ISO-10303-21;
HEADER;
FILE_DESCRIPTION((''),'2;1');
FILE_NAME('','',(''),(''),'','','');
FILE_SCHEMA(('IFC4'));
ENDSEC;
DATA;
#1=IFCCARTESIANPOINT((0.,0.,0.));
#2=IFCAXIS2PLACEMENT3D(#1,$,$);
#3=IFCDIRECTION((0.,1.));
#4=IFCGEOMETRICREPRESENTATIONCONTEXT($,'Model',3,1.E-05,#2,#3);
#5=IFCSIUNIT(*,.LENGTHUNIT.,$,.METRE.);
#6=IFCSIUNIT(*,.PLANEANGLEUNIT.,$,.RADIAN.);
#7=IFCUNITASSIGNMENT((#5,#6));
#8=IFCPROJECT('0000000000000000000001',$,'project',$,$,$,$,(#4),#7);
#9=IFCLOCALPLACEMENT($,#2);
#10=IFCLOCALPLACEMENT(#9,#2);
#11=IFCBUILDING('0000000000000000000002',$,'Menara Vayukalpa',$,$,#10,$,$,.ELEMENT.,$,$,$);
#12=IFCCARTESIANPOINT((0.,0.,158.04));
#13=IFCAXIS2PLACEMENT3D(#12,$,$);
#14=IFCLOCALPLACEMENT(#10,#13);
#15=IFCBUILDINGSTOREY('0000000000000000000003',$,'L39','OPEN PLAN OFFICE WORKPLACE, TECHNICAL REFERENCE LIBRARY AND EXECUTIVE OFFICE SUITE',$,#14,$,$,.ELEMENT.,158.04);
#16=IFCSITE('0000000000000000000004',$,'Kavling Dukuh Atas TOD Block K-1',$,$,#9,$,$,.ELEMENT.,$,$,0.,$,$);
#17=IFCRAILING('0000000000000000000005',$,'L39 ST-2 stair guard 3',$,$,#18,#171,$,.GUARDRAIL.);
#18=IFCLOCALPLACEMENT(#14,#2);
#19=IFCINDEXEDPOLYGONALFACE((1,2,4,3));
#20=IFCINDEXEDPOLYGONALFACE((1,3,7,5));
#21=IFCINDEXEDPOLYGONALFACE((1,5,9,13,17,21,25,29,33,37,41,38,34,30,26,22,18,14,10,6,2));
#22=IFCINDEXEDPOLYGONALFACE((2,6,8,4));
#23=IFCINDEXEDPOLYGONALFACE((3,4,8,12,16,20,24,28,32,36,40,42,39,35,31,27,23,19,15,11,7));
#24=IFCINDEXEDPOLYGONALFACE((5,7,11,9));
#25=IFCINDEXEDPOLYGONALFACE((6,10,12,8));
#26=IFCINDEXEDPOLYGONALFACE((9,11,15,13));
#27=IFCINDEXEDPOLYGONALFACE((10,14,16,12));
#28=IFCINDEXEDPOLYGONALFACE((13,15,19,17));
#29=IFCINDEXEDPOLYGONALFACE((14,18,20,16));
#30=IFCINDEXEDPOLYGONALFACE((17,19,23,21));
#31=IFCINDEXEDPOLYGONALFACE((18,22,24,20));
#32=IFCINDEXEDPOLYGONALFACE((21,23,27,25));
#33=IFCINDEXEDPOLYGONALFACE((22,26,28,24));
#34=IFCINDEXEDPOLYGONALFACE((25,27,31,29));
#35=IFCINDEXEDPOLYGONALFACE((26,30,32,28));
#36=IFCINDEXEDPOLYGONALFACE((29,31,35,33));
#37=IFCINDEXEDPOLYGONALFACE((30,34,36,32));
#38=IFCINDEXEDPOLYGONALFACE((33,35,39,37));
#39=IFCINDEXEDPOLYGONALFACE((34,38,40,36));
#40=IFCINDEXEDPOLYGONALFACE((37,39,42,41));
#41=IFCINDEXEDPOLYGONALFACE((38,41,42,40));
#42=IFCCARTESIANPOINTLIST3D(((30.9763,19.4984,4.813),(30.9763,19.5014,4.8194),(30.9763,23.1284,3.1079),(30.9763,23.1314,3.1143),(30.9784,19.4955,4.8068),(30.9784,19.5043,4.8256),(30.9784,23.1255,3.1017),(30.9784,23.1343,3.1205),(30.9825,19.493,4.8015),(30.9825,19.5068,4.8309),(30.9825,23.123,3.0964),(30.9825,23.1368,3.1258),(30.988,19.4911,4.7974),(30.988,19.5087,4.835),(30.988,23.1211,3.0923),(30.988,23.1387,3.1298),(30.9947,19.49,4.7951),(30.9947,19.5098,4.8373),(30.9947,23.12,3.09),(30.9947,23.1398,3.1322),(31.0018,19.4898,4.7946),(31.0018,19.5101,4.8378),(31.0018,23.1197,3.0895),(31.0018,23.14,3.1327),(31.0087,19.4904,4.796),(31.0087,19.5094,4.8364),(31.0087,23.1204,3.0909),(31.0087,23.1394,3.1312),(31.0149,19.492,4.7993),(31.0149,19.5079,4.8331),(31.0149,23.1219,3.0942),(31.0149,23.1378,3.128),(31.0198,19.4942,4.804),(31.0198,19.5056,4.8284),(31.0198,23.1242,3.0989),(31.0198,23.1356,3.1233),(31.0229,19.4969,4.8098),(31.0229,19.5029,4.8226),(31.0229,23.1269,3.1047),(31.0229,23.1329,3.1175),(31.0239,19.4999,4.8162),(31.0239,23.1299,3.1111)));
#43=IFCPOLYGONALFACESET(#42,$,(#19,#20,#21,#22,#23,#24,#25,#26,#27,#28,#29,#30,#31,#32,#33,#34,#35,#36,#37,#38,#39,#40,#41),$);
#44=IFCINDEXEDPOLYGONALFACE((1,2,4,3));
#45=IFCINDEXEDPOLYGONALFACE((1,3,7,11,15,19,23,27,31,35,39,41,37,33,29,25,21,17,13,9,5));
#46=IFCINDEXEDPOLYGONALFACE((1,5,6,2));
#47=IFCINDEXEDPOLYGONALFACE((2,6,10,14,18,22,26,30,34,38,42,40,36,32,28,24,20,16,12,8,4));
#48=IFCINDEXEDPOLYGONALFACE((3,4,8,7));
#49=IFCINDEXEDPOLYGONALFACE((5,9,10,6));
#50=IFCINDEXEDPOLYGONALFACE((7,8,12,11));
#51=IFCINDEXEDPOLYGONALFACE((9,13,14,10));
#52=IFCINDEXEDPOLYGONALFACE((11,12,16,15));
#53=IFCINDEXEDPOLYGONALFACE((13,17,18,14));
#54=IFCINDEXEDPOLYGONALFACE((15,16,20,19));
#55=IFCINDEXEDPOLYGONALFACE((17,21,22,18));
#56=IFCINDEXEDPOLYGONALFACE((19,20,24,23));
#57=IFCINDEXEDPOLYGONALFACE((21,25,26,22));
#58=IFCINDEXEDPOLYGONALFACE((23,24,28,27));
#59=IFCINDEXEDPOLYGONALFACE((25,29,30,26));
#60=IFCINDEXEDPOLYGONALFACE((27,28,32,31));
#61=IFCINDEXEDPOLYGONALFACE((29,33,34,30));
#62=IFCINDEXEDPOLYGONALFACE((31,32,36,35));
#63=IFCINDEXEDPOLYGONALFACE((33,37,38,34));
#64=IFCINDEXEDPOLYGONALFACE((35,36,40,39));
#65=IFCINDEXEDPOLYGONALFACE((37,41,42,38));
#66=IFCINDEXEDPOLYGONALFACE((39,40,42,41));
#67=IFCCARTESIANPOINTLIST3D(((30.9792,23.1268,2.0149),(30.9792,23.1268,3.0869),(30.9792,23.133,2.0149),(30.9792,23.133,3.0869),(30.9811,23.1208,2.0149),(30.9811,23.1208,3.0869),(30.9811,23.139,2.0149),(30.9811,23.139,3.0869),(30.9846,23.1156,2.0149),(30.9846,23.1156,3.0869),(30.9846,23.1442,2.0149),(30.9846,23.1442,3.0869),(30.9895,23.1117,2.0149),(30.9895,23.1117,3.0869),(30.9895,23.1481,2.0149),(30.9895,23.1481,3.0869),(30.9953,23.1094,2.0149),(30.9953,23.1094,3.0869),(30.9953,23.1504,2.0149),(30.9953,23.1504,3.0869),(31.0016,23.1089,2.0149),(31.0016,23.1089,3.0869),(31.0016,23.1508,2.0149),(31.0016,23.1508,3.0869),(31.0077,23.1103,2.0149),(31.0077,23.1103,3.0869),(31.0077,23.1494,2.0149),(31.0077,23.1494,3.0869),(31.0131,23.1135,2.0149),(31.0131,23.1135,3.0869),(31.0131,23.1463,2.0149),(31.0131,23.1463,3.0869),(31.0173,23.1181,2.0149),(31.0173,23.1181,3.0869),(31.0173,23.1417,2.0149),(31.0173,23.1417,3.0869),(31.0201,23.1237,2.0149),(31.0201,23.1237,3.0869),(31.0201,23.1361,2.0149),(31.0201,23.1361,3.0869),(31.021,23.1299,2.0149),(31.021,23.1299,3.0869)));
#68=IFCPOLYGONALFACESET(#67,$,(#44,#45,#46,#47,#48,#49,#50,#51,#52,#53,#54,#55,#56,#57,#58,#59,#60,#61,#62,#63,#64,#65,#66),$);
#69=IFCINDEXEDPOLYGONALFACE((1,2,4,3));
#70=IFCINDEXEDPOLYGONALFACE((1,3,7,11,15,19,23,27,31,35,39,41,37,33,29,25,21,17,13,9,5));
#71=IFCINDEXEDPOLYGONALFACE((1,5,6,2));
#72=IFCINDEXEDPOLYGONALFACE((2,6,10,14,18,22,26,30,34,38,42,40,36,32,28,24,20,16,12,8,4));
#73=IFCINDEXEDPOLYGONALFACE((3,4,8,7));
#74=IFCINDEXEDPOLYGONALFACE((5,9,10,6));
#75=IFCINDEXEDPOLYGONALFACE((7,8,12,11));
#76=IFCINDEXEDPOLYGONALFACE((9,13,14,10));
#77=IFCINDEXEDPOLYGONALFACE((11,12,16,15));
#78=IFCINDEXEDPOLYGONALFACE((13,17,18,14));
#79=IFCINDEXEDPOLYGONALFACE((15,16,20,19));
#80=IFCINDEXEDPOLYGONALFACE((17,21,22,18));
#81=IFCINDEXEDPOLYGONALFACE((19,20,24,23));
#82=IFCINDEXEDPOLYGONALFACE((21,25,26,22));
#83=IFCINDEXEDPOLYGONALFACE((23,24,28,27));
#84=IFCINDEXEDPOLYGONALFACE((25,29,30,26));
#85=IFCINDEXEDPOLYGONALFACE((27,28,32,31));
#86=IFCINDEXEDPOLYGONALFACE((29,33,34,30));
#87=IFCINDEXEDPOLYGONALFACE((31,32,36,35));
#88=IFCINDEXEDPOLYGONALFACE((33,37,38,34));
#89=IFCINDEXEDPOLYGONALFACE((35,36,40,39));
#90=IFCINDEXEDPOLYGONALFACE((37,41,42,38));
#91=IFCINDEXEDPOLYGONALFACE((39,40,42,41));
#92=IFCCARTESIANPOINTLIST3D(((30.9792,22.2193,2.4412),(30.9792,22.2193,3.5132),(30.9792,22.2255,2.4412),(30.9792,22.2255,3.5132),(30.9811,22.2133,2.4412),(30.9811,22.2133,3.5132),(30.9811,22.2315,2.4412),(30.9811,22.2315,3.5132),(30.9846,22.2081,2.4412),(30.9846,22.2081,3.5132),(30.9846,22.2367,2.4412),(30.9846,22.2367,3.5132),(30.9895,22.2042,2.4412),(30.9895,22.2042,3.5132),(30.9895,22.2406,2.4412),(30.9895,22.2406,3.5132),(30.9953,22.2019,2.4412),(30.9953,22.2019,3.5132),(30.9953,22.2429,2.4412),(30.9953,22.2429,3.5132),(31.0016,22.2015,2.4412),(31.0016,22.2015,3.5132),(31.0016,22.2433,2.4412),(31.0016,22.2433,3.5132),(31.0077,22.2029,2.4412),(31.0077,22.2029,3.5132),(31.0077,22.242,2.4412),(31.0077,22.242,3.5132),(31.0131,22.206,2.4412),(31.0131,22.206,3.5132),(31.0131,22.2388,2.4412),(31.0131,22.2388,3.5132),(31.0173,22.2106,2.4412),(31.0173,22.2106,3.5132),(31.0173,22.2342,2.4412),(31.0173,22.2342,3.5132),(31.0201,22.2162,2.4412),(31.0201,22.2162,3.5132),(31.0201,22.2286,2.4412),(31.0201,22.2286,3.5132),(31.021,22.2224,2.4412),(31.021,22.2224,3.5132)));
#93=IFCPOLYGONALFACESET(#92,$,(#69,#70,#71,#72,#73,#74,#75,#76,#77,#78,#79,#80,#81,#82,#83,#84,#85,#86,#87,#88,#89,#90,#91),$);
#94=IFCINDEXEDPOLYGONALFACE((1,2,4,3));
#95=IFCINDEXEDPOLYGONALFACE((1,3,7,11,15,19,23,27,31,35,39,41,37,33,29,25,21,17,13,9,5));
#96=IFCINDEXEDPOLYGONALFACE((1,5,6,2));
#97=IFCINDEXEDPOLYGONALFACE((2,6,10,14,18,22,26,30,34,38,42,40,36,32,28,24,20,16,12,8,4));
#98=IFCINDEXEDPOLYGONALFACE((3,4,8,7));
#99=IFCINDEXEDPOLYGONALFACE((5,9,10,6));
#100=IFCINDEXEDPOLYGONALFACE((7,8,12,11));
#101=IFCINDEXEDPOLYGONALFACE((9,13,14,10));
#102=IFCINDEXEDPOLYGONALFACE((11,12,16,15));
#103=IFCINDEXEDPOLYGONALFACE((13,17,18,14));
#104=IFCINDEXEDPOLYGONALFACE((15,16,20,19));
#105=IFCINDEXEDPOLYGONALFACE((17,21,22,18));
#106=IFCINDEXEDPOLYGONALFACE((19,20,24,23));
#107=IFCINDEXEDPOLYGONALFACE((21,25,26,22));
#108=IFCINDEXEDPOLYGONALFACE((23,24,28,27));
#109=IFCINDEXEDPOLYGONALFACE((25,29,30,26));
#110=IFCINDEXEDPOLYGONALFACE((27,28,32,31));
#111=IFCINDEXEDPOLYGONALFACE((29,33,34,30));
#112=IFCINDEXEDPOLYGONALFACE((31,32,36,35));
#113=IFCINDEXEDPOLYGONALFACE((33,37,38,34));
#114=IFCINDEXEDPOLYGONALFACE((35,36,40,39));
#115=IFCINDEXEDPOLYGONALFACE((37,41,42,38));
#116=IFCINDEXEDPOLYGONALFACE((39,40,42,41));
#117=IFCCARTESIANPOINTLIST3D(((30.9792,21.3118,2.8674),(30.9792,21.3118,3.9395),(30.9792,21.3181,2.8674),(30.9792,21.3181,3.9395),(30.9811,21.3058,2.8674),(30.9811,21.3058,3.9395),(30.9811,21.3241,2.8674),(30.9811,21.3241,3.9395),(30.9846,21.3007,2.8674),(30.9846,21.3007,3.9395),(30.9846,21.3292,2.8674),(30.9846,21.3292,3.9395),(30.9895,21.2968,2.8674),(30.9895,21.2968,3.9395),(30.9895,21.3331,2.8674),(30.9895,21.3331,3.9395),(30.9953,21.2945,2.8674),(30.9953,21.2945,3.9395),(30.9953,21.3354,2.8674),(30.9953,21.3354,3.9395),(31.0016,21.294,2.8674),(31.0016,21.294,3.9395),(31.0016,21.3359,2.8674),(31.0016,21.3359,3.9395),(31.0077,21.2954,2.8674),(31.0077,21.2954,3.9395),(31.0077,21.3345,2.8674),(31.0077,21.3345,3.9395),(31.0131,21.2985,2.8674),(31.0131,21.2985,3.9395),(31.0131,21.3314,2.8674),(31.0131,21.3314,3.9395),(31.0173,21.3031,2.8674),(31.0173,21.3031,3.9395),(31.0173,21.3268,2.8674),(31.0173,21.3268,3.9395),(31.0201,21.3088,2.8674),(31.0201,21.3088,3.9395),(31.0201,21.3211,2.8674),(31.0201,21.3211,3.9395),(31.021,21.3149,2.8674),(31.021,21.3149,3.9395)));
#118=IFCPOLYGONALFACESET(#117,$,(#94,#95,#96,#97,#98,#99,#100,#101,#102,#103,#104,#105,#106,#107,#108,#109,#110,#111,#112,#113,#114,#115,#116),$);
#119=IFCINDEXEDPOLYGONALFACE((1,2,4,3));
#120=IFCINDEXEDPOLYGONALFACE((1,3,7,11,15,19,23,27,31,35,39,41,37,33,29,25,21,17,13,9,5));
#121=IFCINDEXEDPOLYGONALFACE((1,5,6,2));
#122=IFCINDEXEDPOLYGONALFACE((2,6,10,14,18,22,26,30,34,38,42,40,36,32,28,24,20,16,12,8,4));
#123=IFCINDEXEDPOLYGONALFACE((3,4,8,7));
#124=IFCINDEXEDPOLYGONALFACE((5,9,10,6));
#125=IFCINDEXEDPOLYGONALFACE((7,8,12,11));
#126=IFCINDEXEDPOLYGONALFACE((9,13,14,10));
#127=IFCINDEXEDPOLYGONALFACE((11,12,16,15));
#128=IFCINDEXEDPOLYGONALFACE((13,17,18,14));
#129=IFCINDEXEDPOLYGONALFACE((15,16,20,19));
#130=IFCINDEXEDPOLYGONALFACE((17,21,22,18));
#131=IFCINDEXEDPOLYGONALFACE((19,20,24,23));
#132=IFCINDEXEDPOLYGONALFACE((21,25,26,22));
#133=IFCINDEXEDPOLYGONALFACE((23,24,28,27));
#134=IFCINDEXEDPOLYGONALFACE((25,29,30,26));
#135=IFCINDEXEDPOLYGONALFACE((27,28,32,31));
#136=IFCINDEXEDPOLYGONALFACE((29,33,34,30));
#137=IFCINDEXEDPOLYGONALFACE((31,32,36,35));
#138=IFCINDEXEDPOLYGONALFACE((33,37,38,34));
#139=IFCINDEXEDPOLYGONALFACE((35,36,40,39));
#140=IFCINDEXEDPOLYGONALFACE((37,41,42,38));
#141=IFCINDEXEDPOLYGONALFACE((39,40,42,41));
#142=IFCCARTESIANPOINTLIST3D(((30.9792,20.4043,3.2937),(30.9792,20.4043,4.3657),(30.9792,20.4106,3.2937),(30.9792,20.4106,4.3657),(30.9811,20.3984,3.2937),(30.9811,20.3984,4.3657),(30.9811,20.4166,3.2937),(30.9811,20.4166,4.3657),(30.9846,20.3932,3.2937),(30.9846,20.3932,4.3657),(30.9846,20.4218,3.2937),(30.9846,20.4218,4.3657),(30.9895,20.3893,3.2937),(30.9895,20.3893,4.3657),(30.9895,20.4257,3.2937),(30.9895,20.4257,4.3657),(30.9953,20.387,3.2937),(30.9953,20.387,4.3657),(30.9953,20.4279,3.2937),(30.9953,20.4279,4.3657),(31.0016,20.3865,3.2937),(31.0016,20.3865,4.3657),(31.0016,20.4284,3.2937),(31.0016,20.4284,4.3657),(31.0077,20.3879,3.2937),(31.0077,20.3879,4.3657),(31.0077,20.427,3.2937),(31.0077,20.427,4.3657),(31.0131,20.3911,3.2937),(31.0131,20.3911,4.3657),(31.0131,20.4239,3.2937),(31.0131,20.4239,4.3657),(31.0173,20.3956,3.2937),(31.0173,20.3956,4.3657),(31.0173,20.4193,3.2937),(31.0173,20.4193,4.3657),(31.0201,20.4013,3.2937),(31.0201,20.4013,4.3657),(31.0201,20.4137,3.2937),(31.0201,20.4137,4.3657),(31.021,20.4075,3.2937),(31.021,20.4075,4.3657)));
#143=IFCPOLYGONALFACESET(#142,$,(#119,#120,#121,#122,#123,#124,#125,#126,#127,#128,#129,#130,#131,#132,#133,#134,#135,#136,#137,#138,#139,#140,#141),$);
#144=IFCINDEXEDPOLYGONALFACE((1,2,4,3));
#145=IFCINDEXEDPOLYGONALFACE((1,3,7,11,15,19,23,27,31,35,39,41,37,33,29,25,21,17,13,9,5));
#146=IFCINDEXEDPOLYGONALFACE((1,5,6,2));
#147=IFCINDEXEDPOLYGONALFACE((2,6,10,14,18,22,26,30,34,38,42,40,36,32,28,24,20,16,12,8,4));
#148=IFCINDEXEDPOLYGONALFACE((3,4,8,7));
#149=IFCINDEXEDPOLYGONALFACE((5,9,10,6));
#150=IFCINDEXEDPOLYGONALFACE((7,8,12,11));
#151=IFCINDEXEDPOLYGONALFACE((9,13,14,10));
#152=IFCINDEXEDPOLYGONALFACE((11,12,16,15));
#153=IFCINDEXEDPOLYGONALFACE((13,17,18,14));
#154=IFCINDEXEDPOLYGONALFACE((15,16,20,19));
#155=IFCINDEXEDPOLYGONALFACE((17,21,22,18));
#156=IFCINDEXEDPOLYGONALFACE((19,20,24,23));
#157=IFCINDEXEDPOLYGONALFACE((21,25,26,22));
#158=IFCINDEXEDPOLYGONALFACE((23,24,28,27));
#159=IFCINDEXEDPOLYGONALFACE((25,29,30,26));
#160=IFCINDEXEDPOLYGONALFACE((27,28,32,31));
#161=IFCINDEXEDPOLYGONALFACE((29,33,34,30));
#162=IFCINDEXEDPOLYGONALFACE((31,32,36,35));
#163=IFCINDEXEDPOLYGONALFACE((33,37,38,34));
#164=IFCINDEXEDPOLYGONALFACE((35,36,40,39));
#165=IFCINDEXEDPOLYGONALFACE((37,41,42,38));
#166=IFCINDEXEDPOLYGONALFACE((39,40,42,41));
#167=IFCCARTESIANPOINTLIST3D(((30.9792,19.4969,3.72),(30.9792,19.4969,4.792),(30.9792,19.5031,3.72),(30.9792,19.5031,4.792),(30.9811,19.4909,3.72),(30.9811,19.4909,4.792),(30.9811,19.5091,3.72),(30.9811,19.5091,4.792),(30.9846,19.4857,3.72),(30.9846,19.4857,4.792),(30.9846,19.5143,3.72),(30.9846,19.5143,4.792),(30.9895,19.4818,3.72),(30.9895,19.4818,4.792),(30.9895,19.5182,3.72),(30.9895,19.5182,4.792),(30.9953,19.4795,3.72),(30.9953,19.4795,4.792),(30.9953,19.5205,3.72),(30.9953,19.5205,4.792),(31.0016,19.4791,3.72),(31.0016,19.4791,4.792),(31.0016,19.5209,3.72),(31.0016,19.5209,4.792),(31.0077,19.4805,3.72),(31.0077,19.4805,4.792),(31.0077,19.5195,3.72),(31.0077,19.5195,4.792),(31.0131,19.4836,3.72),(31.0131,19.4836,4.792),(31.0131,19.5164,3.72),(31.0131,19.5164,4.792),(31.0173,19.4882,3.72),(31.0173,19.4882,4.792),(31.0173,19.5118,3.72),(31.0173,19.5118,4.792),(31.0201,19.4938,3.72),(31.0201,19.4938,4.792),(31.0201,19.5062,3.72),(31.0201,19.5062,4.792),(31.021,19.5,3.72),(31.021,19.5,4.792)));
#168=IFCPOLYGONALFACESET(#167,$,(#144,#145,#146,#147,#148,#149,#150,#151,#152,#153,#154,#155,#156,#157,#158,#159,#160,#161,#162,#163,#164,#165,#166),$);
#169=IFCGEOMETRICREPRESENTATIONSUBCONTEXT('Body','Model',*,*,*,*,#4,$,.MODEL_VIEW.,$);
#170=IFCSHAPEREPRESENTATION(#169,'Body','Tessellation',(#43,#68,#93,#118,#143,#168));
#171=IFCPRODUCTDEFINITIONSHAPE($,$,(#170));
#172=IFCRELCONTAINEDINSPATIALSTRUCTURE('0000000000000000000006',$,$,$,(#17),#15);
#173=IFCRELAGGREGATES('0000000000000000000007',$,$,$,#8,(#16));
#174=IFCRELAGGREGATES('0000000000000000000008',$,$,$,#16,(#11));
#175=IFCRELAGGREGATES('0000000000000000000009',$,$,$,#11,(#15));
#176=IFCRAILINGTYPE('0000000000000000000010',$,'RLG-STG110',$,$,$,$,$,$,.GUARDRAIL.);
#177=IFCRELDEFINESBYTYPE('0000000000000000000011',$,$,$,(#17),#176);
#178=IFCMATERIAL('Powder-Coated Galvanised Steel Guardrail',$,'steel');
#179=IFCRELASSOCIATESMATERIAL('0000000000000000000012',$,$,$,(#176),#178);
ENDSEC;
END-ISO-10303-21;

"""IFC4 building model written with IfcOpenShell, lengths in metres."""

from ifc_helpers import new_model, si_unit, direction, frame, origin, origin_2d, place, context, subcontext, project, spatial, circle, extrude, material, type_object, element, save


model = new_model("IFC4")

# Units and contexts
model_context = context("Model", 3, precision=1e-05, world=origin(), true_north=direction((0.0, 1.0)))
body_context = subcontext(model_context, "Body", "Model", "MODEL_VIEW")
ifc_project = project(units=[si_unit("LENGTHUNIT", "METRE"), si_unit("PLANEANGLEUNIT", "RADIAN")], contexts=[model_context])

# Site, building, storey
site_placement = place(None, origin())
site = spatial("IfcSite", under=ifc_project, at=site_placement, Name="Kavling Dukuh Atas TOD Block K-1", CompositionType="ELEMENT", RefElevation=0.0)
building_placement = place(site_placement, origin())
building = spatial("IfcBuilding", under=site, at=building_placement, Name="Menara Vayukalpa", CompositionType="ELEMENT")
storey_placement = place(building_placement, frame((0.0, 0.0, 158.04)))
storey = spatial("IfcBuildingStorey", under=building, at=storey_placement, Name="L39", Description="OPEN PLAN OFFICE WORKPLACE, TECHNICAL REFERENCE LIBRARY AND EXECUTIVE OFFICE SUITE", CompositionType="ELEMENT", Elevation=158.04)

# Railing
ifc_material_1 = material(Name="Powder-Coated Galvanised Steel Guardrail", Category="steel")
railing_type_1 = type_object("IfcRailingType", Name="RLG-STG110", PredefinedType="GUARDRAIL", material=ifc_material_1)
railing_1_placement = place(storey_placement, frame((31.0, 23.1299, 2.0149)))
element("IfcRailing", 1, at=railing_1_placement, inside=storey, type_object=railing_type_1, Name="L39 ST-2 stair guard 3", PredefinedType="GUARDRAIL", context=body_context, shape_type="SweptSolid", body=[
    extrude(circle(Radius=0.0239, at=origin_2d()), frame((0.0, 0.0, 1.0962), z_axis=(0.0, -0.905116, 0.425164), x_axis=(1.0, 0.0, 0.0)), (0.0, 0.0, 1.0), 4.0105),
    extrude(circle(Radius=0.021, at=origin_2d()), origin(), (0.0, 0.0, 1.0), 1.072),
    extrude(circle(Radius=0.021, at=origin_2d()), frame((0.0, -0.9075, 0.4263)), (0.0, 0.0, 1.0), 1.072),
    extrude(circle(Radius=0.021, at=origin_2d()), frame((0.0, -1.8149, 0.8525)), (0.0, 0.0, 1.0), 1.072),
    extrude(circle(Radius=0.021, at=origin_2d()), frame((0.0, -2.7224, 1.2788)), (0.0, 0.0, 1.0), 1.072),
    extrude(circle(Radius=0.021, at=origin_2d()), frame((0.0, -3.6299, 1.7051)), (0.0, 0.0, 1.0), 1.072),
])

save(model, "model.ifc")
